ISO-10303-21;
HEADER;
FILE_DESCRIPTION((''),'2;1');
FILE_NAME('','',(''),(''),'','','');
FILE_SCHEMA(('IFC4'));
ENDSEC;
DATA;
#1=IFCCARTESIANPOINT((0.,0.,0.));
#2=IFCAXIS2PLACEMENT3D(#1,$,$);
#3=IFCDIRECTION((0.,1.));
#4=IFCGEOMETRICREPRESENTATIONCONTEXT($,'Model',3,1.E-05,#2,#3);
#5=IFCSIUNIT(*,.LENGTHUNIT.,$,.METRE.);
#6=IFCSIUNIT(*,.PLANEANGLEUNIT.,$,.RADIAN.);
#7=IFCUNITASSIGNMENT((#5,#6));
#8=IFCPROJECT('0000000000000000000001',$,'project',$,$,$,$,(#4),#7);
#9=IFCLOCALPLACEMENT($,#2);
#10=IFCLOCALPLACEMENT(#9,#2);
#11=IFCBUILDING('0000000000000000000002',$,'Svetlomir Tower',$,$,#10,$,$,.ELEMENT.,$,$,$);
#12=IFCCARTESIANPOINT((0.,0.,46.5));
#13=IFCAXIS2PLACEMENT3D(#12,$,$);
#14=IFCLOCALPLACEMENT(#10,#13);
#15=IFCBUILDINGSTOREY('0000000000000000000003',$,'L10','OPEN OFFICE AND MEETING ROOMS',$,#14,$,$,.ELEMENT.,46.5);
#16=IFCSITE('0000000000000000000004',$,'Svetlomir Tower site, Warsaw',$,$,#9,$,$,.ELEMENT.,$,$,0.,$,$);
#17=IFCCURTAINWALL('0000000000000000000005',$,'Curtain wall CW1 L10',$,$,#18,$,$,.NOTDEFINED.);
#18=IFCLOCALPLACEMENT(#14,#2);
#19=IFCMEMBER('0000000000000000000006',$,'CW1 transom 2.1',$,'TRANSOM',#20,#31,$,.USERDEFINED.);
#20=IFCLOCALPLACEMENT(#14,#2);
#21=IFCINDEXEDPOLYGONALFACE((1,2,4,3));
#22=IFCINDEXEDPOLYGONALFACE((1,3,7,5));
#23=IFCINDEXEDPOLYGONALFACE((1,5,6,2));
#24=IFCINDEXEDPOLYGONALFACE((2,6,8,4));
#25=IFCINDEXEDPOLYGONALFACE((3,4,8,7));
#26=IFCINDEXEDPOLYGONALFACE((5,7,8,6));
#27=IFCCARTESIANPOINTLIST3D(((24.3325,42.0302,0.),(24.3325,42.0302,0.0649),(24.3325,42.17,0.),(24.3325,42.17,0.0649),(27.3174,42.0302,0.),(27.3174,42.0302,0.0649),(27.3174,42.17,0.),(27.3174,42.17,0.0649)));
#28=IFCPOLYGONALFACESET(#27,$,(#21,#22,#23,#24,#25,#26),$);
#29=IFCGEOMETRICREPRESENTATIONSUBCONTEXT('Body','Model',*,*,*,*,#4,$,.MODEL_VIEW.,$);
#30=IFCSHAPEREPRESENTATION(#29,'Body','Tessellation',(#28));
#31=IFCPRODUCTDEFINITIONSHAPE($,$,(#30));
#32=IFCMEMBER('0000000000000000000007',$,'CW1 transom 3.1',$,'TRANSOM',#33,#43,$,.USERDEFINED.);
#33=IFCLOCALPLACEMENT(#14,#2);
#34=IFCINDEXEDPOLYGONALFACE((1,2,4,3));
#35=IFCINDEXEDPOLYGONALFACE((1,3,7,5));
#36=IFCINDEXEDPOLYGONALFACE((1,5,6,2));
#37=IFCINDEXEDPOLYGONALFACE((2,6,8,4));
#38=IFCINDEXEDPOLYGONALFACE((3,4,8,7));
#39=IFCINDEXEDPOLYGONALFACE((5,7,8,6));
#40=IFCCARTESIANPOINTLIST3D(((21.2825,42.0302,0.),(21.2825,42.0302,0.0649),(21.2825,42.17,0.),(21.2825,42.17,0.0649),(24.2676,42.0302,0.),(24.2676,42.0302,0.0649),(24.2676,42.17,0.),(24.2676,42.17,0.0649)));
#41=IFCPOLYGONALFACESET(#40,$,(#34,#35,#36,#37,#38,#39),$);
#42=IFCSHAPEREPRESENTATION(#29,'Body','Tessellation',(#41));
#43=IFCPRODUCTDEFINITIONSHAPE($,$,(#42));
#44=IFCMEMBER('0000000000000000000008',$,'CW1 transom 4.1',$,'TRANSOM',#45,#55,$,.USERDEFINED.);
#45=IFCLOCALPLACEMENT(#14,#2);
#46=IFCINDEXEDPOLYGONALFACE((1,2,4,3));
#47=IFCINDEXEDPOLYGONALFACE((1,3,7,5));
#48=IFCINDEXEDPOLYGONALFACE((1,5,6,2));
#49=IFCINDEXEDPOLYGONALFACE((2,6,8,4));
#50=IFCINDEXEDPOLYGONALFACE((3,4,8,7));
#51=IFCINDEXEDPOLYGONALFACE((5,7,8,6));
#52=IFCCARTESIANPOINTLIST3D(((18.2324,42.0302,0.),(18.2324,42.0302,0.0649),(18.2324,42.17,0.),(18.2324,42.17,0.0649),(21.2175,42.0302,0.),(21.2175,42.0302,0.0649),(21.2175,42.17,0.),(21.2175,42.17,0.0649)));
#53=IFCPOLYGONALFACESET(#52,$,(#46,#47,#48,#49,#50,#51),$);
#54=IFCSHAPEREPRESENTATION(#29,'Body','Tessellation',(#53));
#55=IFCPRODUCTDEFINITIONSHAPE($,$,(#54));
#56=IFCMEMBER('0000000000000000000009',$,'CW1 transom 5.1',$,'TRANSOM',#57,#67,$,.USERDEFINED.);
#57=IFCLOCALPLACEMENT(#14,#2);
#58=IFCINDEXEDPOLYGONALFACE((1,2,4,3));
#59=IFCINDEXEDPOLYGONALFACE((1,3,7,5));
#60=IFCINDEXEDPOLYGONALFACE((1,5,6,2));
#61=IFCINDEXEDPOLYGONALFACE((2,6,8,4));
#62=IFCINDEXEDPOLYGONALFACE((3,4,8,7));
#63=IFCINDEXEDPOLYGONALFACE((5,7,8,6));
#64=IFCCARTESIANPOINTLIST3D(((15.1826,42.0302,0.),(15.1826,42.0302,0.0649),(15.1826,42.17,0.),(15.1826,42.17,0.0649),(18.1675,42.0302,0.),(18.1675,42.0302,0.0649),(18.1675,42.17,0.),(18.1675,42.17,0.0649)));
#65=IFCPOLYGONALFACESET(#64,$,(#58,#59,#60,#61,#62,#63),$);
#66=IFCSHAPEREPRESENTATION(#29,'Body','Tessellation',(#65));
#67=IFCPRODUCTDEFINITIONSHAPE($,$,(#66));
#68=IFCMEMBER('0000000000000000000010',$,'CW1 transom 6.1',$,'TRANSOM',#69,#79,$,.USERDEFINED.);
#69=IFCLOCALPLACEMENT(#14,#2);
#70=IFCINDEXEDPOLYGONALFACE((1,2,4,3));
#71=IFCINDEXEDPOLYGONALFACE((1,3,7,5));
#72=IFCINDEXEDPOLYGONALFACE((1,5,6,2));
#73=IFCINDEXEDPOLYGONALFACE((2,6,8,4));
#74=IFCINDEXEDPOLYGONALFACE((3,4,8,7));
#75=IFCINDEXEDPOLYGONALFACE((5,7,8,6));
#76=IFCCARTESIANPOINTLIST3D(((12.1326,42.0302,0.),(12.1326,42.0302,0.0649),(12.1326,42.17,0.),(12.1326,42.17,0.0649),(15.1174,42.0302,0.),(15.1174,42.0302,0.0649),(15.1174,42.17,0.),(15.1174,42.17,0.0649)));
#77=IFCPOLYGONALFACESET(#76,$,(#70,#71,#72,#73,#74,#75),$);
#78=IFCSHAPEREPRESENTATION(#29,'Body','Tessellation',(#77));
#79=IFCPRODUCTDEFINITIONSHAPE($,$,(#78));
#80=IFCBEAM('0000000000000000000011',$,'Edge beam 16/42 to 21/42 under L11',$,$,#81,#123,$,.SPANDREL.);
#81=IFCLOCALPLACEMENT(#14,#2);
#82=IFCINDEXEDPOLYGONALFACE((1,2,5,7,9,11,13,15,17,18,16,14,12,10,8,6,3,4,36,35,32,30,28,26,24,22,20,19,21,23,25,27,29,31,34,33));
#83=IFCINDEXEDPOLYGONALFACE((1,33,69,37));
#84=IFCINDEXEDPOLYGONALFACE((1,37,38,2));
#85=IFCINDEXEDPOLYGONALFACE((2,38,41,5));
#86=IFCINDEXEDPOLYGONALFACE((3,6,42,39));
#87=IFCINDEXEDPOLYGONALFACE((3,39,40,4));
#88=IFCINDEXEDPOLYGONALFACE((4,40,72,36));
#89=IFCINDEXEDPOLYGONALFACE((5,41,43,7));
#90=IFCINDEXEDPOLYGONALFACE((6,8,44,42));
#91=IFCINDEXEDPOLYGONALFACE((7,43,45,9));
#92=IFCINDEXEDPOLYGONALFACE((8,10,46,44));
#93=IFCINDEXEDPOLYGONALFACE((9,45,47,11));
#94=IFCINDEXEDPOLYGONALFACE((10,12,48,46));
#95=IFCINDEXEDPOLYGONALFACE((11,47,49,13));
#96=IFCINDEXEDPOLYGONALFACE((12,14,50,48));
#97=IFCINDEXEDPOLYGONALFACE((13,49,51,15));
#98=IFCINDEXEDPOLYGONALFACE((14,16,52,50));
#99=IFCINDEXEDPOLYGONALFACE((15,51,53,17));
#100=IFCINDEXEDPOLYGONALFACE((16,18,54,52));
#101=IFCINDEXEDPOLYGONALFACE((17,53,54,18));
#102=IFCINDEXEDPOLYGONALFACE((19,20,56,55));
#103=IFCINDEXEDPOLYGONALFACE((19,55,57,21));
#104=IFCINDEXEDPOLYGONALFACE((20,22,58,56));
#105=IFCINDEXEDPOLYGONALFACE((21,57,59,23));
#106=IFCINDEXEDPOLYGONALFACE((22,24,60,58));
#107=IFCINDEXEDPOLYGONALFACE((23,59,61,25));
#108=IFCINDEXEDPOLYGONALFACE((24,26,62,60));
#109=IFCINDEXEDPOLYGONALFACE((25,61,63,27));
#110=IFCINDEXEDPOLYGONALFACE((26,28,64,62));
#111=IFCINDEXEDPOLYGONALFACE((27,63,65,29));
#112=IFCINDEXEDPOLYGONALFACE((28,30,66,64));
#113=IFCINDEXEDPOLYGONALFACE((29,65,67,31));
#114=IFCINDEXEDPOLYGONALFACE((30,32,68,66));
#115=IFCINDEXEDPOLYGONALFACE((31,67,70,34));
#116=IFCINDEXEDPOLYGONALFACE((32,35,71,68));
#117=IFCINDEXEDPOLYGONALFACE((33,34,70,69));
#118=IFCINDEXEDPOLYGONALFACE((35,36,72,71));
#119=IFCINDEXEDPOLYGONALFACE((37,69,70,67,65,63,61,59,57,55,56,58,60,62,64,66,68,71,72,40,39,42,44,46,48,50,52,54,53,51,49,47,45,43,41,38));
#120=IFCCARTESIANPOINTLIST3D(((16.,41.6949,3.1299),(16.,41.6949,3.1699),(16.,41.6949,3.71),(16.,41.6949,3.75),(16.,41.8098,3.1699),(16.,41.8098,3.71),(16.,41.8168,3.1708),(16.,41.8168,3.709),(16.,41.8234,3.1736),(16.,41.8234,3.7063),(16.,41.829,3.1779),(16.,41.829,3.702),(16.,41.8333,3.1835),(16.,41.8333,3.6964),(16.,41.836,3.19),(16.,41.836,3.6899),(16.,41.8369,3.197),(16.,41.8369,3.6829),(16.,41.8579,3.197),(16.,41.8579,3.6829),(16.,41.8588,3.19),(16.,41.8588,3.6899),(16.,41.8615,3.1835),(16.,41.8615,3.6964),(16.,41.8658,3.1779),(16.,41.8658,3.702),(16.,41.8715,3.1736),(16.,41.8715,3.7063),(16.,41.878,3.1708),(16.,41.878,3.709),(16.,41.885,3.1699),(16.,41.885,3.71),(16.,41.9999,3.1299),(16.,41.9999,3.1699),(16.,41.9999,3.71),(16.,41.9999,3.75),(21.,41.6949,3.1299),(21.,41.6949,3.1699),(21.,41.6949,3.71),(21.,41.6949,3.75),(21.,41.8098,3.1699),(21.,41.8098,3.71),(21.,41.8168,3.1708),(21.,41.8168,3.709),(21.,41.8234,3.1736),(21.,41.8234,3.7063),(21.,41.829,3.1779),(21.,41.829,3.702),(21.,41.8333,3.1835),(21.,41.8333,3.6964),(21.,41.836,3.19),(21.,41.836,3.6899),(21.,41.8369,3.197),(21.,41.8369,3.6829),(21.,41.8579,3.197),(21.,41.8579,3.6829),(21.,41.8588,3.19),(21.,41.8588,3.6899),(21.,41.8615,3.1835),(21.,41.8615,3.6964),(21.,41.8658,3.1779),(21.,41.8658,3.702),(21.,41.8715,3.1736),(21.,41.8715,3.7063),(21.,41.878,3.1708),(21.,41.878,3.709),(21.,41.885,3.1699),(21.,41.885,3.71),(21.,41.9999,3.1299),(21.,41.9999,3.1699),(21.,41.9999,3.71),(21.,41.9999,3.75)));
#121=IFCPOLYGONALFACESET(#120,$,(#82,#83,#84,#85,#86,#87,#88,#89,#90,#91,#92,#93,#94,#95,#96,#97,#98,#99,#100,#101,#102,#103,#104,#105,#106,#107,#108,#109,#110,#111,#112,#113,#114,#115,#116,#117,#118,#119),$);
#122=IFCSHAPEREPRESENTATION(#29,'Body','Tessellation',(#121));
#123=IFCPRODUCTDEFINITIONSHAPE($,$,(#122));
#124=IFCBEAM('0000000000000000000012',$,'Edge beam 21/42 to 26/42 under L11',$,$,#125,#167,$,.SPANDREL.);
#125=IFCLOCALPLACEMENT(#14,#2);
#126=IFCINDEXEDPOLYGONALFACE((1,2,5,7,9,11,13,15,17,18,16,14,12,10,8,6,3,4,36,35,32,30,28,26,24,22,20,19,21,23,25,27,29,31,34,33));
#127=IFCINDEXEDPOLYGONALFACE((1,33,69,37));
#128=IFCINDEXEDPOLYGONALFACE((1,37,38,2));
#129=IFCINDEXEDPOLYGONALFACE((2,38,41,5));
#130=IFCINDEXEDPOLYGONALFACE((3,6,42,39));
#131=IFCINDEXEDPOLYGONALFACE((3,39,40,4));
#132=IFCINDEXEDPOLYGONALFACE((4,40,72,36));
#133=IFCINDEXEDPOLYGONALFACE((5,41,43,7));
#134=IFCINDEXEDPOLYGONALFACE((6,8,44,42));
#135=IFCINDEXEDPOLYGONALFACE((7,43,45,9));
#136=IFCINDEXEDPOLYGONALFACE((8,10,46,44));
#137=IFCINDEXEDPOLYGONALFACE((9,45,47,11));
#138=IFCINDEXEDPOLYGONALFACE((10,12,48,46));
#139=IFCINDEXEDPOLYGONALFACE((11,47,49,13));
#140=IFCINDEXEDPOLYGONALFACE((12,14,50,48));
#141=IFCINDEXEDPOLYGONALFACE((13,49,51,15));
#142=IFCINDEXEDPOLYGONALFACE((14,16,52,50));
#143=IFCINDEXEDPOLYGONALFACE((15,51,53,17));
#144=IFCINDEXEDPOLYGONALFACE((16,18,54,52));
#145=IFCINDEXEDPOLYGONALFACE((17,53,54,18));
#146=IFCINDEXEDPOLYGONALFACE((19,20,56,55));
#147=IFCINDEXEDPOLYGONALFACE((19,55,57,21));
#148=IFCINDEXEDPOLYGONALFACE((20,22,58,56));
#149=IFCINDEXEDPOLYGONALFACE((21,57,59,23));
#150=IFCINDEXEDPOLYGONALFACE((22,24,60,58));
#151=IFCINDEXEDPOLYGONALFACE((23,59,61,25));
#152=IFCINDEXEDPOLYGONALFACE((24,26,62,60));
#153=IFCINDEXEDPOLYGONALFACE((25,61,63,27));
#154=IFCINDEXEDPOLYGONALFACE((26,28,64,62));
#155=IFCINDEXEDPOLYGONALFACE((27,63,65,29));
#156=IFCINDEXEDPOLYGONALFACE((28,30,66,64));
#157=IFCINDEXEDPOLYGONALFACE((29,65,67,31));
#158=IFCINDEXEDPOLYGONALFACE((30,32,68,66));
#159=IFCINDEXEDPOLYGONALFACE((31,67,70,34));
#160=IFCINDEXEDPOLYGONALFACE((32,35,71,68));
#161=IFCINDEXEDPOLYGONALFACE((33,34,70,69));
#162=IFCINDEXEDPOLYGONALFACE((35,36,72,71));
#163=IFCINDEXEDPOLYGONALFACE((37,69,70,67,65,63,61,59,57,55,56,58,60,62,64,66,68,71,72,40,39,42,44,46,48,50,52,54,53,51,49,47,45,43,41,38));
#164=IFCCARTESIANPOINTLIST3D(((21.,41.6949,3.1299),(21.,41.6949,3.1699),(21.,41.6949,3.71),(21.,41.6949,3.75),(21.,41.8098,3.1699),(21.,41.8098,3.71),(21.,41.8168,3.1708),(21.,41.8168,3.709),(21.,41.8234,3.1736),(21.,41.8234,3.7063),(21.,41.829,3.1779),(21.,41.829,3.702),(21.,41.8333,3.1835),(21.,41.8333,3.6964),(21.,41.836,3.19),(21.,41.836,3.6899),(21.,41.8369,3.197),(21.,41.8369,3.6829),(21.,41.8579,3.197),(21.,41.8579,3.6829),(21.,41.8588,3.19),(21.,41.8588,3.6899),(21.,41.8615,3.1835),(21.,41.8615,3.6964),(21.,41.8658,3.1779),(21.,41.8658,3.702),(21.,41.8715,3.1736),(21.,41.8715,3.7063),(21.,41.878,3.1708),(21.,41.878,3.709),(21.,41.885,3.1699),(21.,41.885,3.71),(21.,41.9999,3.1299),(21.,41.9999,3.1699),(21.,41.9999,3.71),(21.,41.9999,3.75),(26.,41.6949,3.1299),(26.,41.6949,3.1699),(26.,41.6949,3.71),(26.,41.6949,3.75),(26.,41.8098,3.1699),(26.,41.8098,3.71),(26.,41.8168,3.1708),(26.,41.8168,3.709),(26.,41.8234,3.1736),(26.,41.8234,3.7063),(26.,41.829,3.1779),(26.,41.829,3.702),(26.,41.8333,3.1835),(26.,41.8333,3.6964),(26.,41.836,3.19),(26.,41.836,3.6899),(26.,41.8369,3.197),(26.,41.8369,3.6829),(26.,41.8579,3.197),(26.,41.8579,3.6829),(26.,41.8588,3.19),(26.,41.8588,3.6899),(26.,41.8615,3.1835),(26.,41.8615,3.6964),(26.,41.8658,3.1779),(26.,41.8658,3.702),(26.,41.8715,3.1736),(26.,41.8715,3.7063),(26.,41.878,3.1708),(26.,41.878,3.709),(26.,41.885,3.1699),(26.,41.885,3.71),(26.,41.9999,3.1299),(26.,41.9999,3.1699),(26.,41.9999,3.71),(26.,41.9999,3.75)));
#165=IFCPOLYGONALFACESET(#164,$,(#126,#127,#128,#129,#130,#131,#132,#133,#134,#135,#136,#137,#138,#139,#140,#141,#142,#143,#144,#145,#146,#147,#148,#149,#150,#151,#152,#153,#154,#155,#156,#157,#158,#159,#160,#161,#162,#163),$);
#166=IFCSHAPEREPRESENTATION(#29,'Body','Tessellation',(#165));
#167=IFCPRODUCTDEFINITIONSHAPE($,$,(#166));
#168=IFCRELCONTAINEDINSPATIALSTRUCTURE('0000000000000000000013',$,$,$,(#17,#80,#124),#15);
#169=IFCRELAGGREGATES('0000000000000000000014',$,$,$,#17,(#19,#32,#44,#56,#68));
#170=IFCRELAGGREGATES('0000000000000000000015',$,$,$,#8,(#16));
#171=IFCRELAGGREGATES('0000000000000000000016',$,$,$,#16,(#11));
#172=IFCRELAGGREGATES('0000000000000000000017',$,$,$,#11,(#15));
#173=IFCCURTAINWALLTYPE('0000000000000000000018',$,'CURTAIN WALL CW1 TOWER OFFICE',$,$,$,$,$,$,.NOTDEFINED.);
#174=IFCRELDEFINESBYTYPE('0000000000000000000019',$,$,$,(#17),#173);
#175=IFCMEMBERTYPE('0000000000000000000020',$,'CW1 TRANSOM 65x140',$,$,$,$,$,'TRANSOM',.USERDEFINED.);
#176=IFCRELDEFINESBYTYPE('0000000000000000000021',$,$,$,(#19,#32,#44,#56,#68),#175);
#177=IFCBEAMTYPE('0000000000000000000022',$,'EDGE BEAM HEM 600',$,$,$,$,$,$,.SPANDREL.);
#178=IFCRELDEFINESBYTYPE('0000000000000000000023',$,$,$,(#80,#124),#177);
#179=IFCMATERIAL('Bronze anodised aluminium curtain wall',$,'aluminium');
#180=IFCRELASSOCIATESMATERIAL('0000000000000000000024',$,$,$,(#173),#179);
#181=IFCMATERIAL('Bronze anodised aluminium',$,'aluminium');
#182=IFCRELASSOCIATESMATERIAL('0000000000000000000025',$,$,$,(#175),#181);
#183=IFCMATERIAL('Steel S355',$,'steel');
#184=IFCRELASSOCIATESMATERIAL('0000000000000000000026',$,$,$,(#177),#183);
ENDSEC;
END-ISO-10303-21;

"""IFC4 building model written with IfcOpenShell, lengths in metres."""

from ifc_helpers import new_model, si_unit, direction, frame, origin, origin_2d, place, context, subcontext, project, spatial, rectangle, i_section, extrude, material, material_profile, profile_set, type_object, element, aggregate, save


model = new_model("IFC4")

# Units and contexts
model_context = context("Model", 3, precision=1e-05, world=origin(), true_north=direction((0.0, 1.0)))
body_context = subcontext(model_context, "Body", "Model", "MODEL_VIEW")
ifc_project = project(units=[si_unit("LENGTHUNIT", "METRE"), si_unit("PLANEANGLEUNIT", "RADIAN")], contexts=[model_context])

# Site, building, storey
site_placement = place(None, origin())
site = spatial("IfcSite", under=ifc_project, at=site_placement, Name="Svetlomir Tower site, Warsaw", CompositionType="ELEMENT", RefElevation=0.0)
building_placement = place(site_placement, origin())
building = spatial("IfcBuilding", under=site, at=building_placement, Name="Svetlomir Tower", CompositionType="ELEMENT")
storey_placement = place(building_placement, frame((0.0, 0.0, 46.5)))
storey = spatial("IfcBuildingStorey", under=building, at=storey_placement, Name="L10", Description="OPEN OFFICE AND MEETING ROOMS", CompositionType="ELEMENT", Elevation=46.5)

# Curtain wall, members
ifc_material_1 = material(Name="Bronze anodised aluminium curtain wall", Category="aluminium")
curtain_wall_type = type_object("IfcCurtainWallType", Name="CURTAIN WALL CW1 TOWER OFFICE", PredefinedType="NOTDEFINED", material=ifc_material_1)
curtain_wall_placement = place(storey_placement, origin())
curtain_wall = element("IfcCurtainWall", 1, at=curtain_wall_placement, inside=storey, type_object=curtain_wall_type, Name="Curtain wall CW1 L10", PredefinedType="NOTDEFINED")
ifc_material_2 = material(Name="Bronze anodised aluminium", Category="aluminium")
ifc_material_profile_1 = material_profile(ifc_material_2, rectangle(XDim=0.1399, YDim=0.0649, at=origin_2d()), Name="AL 140x65")
ifc_profile_set_1 = profile_set([ifc_material_profile_1], Name="Bronze anodised aluminium 6063-T6")
member_type_1 = type_object("IfcMemberType", Name="CW1 TRANSOM 65x140", ElementType="TRANSOM", PredefinedType="USERDEFINED", material=ifc_profile_set_1)
member_1_placement = place(storey_placement, frame((27.3174, 42.1001, 0.0325), z_axis=(-1.0, 0.0, 0.0), x_axis=(0.0, -1.0, 0.0)))
member_1 = element("IfcMember", 2, at=member_1_placement, type_object=member_type_1, Name="CW1 transom 2.1", ObjectType="TRANSOM", PredefinedType="USERDEFINED", context=body_context, shape_type="SweptSolid", body=[
    extrude(rectangle(XDim=0.1399, YDim=0.0649, at=origin_2d()), origin(), (0.0, 0.0, 1.0), 2.9849),
])
member_2_placement = place(storey_placement, frame((24.2676, 42.1001, 0.0325), z_axis=(-1.0, 0.0, 0.0), x_axis=(0.0, -1.0, 0.0)))
member_2 = element("IfcMember", 3, at=member_2_placement, type_object=member_type_1, Name="CW1 transom 3.1", ObjectType="TRANSOM", PredefinedType="USERDEFINED", context=body_context, shape_type="SweptSolid", body=[
    extrude(rectangle(XDim=0.1399, YDim=0.0649, at=origin_2d()), origin(), (0.0, 0.0, 1.0), 2.9851),
])
member_3_placement = place(storey_placement, frame((21.2175, 42.1001, 0.0325), z_axis=(-1.0, 0.0, 0.0), x_axis=(0.0, -1.0, 0.0)))
member_3 = element("IfcMember", 4, at=member_3_placement, type_object=member_type_1, Name="CW1 transom 4.1", ObjectType="TRANSOM", PredefinedType="USERDEFINED", context=body_context, shape_type="SweptSolid", body=[
    extrude(rectangle(XDim=0.1399, YDim=0.0649, at=origin_2d()), origin(), (0.0, 0.0, 1.0), 2.9851),
])
member_4_placement = place(storey_placement, frame((18.1675, 42.1001, 0.0325), z_axis=(-1.0, 0.0, 0.0), x_axis=(0.0, -1.0, 0.0)))
member_4 = element("IfcMember", 5, at=member_4_placement, type_object=member_type_1, Name="CW1 transom 5.1", ObjectType="TRANSOM", PredefinedType="USERDEFINED", context=body_context, shape_type="SweptSolid", body=[
    extrude(rectangle(XDim=0.1399, YDim=0.0649, at=origin_2d()), origin(), (0.0, 0.0, 1.0), 2.9849),
])
member_5_placement = place(storey_placement, frame((15.1174, 42.1001, 0.0325), z_axis=(-1.0, 0.0, 0.0), x_axis=(0.0, -1.0, 0.0)))
member_5 = element("IfcMember", 6, at=member_5_placement, type_object=member_type_1, Name="CW1 transom 6.1", ObjectType="TRANSOM", PredefinedType="USERDEFINED", context=body_context, shape_type="SweptSolid", body=[
    extrude(rectangle(XDim=0.1399, YDim=0.0649, at=origin_2d()), origin(), (0.0, 0.0, 1.0), 2.9849),
])

# Beams
ifc_material_3 = material(Name="Steel S355", Category="steel")
ifc_material_profile_2 = material_profile(ifc_material_3, i_section(OverallWidth=0.3049, OverallDepth=0.6201, WebThickness=0.021, FlangeThickness=0.04, FilletRadius=0.0271, at=origin_2d()), Name="HEM 600")
ifc_profile_set_2 = profile_set([ifc_material_profile_2], Name="Steel S355")
beam_type_1 = type_object("IfcBeamType", Name="EDGE BEAM HEM 600", PredefinedType="SPANDREL", material=ifc_profile_set_2)
for number, where, z_axis, x_axis, name in (
    (7, (16.0, 41.8474, 3.4399), (1.0, 0.0, 0.0), (0.0, 1.0, 0.0), "Edge beam 16/42 to 21/42 under L11"),
    (8, (21.0, 41.8474, 3.4399), (1.0, 0.0, 0.0), (0.0, 1.0, 0.0), "Edge beam 21/42 to 26/42 under L11"),
):
    element("IfcBeam", number, at=place(storey_placement, frame(where, z_axis=z_axis, x_axis=x_axis)), inside=storey, type_object=beam_type_1, Name=name, PredefinedType="SPANDREL", context=body_context, shape_type="SweptSolid", body=[
        extrude(i_section(OverallWidth=0.3049, OverallDepth=0.6201, WebThickness=0.021, FlangeThickness=0.04, FilletRadius=0.0271, at=origin_2d()), origin(), (0.0, 0.0, 1.0), 5.0),
    ])

aggregate(curtain_wall, [member_1, member_2, member_3, member_4, member_5])

save(model, "model.ifc")
